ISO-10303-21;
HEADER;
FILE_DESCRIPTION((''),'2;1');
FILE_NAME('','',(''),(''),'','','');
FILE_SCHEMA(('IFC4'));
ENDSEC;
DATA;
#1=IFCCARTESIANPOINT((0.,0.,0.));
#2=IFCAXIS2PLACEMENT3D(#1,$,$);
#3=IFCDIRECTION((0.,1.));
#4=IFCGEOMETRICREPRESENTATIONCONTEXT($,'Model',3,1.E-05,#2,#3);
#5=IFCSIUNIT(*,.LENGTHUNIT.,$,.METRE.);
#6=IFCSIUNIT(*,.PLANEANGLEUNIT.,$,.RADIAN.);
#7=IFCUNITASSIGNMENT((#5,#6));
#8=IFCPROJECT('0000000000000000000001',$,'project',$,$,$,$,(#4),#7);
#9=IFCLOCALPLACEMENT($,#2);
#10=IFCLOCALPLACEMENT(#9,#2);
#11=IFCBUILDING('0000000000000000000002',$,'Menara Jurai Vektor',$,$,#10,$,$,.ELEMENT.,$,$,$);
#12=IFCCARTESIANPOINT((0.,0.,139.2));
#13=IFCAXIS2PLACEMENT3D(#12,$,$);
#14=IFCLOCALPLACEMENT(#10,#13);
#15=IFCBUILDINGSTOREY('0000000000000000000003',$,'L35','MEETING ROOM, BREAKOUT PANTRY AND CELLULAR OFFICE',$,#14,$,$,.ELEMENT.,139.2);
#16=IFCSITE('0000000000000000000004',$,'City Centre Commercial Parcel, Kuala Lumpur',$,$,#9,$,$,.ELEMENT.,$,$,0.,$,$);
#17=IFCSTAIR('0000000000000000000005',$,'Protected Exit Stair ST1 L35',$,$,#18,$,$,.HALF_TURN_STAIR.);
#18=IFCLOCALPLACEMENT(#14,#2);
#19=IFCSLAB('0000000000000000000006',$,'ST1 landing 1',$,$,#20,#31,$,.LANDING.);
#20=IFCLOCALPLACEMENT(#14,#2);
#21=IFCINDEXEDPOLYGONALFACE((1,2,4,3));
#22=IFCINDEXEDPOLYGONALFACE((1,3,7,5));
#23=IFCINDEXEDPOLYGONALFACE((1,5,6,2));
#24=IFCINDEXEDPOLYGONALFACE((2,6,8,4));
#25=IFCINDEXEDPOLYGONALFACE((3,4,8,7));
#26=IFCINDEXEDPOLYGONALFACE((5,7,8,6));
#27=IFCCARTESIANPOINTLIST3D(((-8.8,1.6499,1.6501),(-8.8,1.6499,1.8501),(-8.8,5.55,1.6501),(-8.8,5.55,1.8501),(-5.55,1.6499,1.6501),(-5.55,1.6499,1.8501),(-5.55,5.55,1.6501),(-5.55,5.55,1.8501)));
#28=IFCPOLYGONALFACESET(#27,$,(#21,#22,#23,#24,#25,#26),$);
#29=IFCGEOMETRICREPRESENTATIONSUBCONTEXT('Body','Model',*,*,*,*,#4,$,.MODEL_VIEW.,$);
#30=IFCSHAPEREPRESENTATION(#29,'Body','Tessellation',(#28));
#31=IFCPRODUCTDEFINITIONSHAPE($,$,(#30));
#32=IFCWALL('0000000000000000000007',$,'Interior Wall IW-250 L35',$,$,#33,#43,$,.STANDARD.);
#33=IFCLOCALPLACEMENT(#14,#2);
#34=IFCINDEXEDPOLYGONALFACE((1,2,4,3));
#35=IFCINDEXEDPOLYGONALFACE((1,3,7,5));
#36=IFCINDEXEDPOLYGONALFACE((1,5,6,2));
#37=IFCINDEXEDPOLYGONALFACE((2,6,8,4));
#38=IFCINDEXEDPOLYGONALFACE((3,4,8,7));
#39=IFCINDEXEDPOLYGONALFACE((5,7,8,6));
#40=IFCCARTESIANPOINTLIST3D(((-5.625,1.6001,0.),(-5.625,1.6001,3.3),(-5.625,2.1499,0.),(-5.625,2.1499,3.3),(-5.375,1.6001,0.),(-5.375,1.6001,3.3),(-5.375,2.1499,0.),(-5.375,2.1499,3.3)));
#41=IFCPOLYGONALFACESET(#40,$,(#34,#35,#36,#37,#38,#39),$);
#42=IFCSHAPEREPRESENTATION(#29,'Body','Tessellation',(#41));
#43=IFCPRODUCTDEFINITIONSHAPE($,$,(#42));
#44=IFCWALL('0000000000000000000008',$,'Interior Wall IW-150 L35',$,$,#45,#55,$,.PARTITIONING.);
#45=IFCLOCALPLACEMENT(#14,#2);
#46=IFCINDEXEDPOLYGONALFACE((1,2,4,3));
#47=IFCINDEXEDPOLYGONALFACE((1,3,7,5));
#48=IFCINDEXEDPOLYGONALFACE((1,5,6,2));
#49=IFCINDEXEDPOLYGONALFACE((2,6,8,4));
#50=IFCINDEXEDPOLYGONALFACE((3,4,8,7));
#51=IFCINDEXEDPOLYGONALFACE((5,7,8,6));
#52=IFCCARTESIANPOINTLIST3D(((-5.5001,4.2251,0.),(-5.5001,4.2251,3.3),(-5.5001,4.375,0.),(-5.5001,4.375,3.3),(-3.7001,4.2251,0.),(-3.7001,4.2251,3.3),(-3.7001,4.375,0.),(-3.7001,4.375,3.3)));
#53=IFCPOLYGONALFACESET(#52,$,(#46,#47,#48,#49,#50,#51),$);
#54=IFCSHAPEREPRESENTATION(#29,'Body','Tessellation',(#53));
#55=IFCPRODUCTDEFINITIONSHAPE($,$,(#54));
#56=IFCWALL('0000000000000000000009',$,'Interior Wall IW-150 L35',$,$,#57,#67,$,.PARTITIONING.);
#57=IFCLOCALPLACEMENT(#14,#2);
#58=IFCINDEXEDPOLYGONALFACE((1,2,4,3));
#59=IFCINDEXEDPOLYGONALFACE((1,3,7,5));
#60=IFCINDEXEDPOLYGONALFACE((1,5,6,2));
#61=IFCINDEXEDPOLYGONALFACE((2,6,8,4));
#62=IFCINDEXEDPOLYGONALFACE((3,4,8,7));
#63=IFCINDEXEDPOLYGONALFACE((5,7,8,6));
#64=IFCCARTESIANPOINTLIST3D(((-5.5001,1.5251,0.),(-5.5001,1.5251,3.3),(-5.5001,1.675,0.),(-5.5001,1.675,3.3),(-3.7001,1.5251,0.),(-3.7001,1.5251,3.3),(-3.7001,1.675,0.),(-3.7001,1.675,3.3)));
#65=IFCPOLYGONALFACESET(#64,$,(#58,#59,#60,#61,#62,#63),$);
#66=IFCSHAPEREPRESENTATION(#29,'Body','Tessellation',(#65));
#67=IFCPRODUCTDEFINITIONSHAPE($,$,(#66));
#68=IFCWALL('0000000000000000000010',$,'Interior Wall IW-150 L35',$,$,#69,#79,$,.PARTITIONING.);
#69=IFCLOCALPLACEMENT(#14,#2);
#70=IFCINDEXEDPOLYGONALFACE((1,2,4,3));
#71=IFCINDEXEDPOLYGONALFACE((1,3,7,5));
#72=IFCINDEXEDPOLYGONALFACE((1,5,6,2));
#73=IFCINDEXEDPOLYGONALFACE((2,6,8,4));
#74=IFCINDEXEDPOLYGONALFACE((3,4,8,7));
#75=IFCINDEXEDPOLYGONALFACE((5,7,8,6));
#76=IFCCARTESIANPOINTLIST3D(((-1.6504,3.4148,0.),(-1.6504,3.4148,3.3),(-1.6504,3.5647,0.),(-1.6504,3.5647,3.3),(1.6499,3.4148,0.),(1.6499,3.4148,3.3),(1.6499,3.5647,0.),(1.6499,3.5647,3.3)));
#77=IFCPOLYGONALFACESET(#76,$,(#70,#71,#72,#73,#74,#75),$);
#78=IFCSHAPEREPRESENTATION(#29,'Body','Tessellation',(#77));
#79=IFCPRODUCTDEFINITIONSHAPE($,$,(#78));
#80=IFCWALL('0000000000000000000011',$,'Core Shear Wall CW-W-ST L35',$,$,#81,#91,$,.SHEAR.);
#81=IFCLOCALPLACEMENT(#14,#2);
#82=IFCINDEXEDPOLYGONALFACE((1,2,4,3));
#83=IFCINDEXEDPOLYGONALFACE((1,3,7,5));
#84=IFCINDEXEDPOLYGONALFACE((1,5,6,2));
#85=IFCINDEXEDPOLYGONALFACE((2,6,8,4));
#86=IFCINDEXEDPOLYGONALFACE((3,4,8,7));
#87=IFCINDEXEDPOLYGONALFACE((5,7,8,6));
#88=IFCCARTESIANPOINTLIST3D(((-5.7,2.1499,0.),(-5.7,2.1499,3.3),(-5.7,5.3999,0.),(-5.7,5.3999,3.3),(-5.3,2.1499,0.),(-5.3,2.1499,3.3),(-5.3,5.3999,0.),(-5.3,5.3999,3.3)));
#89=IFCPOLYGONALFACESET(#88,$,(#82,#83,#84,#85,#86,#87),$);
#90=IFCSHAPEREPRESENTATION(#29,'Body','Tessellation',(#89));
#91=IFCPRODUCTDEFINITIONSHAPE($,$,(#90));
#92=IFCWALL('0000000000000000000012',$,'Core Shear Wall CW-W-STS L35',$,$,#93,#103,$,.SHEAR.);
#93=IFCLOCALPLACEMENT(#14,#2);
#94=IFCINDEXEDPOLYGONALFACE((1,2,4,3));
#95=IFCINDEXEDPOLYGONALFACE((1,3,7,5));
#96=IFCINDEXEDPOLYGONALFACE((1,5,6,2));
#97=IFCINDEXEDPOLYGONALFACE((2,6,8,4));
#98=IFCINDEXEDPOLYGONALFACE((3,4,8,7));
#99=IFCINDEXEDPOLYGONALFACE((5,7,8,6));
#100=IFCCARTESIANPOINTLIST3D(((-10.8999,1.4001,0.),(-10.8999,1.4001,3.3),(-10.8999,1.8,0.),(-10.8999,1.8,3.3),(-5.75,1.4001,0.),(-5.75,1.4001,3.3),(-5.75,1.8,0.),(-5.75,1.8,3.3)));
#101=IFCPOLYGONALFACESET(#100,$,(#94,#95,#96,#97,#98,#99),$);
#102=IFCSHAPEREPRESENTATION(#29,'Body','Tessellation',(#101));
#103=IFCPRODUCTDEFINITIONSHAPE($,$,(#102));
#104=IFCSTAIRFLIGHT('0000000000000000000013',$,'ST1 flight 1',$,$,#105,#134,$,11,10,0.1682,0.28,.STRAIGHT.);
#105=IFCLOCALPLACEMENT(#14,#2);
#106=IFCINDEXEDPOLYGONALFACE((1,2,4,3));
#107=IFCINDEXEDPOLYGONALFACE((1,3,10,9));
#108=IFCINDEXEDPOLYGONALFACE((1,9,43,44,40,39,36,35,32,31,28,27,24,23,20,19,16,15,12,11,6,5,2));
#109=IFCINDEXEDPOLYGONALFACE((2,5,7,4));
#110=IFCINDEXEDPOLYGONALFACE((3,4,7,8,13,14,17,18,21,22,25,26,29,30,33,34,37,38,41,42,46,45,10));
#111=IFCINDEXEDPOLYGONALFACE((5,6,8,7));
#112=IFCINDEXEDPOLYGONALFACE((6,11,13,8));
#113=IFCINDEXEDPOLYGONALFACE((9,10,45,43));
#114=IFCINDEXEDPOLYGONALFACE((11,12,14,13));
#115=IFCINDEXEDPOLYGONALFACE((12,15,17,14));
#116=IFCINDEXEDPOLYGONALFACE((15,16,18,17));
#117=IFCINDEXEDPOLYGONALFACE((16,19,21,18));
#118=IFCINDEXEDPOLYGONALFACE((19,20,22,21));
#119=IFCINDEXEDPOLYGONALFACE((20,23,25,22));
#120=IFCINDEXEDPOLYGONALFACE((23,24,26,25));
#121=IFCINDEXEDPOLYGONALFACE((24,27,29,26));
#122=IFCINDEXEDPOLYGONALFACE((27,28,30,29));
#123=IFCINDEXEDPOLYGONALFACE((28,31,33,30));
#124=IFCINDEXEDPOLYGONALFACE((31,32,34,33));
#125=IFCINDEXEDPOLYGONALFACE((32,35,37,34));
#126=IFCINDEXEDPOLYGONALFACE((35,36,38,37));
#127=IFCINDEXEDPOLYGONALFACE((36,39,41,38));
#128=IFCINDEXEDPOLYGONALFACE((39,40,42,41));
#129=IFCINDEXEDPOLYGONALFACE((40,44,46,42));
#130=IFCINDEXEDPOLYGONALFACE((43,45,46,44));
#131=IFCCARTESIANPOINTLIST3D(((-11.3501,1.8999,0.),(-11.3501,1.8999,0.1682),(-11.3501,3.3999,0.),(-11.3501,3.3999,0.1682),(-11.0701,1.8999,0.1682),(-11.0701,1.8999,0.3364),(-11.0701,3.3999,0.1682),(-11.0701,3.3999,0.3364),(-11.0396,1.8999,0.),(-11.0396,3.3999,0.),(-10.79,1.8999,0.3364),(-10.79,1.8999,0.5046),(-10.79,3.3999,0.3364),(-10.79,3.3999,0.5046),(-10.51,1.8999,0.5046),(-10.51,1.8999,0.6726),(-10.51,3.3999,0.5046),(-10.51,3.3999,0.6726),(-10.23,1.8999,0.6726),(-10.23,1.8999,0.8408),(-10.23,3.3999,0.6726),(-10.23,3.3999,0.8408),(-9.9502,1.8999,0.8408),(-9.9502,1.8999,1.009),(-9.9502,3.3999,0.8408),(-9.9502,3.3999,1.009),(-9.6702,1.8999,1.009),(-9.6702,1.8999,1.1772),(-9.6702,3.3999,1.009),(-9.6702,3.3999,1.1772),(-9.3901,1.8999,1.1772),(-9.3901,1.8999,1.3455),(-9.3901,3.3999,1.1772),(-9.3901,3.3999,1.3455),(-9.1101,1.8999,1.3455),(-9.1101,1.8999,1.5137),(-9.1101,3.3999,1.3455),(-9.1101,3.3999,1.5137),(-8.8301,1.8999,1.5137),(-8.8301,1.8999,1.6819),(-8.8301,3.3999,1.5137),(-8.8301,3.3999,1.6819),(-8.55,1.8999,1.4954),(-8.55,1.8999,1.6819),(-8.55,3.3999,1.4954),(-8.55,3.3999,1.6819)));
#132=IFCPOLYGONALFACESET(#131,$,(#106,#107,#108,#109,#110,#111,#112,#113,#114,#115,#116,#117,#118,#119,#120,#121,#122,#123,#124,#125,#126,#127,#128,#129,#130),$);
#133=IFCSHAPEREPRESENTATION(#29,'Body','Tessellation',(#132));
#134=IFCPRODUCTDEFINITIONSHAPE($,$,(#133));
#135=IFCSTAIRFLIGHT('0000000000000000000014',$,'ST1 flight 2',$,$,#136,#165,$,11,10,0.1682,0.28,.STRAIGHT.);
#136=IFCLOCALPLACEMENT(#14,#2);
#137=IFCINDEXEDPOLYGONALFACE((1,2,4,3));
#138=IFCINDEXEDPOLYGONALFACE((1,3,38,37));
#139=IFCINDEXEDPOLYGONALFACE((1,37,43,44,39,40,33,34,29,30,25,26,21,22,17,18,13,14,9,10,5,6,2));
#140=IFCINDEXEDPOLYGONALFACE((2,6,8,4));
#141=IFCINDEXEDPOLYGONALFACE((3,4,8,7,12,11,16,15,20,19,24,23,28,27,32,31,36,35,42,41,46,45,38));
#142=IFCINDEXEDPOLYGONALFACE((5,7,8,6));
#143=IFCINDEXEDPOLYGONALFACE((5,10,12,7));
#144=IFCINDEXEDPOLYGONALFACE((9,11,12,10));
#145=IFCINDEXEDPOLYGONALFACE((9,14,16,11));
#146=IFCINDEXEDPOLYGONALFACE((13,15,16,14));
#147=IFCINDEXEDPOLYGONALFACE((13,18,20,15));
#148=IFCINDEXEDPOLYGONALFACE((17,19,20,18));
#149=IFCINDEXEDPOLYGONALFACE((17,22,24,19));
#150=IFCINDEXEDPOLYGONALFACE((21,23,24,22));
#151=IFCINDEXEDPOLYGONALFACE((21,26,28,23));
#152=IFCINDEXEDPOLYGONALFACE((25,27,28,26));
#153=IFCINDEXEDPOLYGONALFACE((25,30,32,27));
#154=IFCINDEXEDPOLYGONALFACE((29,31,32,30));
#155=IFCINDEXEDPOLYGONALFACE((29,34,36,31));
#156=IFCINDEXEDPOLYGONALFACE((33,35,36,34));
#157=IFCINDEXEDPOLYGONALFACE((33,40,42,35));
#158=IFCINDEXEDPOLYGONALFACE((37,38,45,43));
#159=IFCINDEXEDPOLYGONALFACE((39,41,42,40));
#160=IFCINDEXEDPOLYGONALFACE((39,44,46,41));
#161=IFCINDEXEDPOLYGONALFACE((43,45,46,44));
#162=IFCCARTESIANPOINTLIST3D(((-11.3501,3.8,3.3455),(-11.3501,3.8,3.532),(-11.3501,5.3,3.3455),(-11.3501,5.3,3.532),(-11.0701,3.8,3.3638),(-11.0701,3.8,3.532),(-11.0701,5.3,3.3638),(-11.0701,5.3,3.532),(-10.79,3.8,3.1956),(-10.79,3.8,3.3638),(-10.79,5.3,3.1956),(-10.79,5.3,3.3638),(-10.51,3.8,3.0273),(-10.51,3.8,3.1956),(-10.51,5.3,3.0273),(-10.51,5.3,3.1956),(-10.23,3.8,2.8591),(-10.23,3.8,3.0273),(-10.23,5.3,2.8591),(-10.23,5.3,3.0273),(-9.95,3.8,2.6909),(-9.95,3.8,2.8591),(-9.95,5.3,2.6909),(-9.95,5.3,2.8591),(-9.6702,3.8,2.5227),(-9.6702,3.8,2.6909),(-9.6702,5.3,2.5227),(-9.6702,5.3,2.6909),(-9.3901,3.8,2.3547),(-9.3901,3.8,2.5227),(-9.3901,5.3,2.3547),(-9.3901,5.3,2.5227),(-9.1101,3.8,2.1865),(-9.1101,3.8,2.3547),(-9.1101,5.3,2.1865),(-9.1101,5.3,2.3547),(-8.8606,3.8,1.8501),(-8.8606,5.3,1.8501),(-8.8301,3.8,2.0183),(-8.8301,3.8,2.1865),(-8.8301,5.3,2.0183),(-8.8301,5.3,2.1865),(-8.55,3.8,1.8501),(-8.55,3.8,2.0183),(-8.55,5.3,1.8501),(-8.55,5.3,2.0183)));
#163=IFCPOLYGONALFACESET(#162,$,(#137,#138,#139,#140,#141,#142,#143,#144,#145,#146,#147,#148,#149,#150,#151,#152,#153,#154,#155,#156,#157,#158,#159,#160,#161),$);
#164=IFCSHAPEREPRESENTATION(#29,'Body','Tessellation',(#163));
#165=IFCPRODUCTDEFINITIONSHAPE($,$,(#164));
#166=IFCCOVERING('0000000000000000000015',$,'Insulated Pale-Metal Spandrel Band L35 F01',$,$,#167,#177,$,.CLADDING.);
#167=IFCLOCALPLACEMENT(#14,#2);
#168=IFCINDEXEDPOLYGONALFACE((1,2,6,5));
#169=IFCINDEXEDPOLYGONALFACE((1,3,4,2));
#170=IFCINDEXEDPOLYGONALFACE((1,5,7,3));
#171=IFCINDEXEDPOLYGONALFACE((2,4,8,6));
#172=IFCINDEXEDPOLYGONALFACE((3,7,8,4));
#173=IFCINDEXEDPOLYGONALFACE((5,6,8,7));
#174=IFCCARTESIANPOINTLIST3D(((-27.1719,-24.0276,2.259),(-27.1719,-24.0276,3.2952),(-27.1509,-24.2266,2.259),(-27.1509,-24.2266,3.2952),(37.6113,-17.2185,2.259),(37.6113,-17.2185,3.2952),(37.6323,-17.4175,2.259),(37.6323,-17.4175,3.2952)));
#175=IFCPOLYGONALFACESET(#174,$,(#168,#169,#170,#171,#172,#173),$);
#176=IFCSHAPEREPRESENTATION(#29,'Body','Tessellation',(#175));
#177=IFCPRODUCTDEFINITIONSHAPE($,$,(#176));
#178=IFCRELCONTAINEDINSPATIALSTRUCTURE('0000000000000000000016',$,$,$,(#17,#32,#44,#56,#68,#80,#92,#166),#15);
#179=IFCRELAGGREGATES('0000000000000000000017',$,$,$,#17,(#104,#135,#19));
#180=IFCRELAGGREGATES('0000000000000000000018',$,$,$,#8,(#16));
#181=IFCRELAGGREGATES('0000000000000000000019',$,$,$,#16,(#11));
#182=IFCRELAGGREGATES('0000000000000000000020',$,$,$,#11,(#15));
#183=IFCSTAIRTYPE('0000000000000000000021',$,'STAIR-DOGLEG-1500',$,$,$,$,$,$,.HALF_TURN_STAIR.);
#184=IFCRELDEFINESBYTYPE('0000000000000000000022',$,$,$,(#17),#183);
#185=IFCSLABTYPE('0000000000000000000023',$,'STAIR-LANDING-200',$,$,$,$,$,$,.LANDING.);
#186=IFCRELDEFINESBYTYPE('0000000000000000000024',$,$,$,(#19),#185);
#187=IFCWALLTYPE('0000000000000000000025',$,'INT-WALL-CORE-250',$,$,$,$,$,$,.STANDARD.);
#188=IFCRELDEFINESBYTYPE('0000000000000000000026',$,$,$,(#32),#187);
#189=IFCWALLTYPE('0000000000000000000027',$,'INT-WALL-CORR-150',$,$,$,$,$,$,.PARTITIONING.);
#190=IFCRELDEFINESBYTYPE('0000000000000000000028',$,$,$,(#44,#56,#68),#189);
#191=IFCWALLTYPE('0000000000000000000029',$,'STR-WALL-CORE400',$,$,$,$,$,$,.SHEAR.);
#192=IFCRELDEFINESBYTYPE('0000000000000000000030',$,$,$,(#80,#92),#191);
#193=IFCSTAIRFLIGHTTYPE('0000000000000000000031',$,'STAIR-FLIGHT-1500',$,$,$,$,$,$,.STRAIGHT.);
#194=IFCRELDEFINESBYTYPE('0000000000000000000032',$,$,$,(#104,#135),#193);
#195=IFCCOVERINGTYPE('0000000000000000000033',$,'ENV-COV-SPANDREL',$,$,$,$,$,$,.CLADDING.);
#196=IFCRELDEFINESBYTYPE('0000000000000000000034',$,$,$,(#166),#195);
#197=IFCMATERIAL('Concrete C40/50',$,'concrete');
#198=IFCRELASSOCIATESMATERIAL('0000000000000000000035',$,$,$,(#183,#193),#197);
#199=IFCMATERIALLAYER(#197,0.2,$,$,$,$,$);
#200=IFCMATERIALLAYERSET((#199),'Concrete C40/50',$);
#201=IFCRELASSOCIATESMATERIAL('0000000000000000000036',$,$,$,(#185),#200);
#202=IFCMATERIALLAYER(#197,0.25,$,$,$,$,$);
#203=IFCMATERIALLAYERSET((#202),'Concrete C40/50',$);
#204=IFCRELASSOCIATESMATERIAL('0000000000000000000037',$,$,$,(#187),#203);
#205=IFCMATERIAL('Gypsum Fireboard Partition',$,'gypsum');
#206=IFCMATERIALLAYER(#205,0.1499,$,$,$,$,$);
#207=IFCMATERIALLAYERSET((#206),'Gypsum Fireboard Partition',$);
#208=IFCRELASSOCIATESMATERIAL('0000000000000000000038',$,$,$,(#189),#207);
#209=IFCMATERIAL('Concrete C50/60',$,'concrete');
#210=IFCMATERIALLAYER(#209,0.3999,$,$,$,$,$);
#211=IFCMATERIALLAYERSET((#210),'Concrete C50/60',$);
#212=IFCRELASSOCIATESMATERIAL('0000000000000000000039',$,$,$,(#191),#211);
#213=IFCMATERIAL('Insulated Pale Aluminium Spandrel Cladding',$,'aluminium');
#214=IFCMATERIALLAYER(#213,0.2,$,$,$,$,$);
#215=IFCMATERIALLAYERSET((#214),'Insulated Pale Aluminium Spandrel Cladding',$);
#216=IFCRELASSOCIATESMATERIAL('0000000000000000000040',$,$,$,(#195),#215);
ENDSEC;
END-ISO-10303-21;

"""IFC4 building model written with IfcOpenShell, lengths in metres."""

from ifc_helpers import new_model, si_unit, direction, frame, frame_2d, origin, place, context, subcontext, project, spatial, polyline, rectangle, outline, extrude, material, layer, layer_set, type_object, element, aggregate, save


model = new_model("IFC4")

# Units and contexts
model_context = context("Model", 3, precision=1e-05, world=origin(), true_north=direction((0.0, 1.0)))
body_context = subcontext(model_context, "Body", "Model", "MODEL_VIEW")
ifc_project = project(units=[si_unit("LENGTHUNIT", "METRE"), si_unit("PLANEANGLEUNIT", "RADIAN")], contexts=[model_context])

# Site, building, storey
site_placement = place(None, origin())
site = spatial("IfcSite", under=ifc_project, at=site_placement, Name="City Centre Commercial Parcel, Kuala Lumpur", CompositionType="ELEMENT", RefElevation=0.0)
building_placement = place(site_placement, origin())
building = spatial("IfcBuilding", under=site, at=building_placement, Name="Menara Jurai Vektor", CompositionType="ELEMENT")
storey_placement = place(building_placement, frame((0.0, 0.0, 139.2)))
storey = spatial("IfcBuildingStorey", under=building, at=storey_placement, Name="L35", Description="MEETING ROOM, BREAKOUT PANTRY AND CELLULAR OFFICE", CompositionType="ELEMENT", Elevation=139.2)

# Shared definitions
ifc_material_1 = material(Name="Concrete C50/60", Category="concrete")

# Stair, slab
ifc_material_2 = material(Name="Concrete C40/50", Category="concrete")
stair_type = type_object("IfcStairType", Name="STAIR-DOGLEG-1500", PredefinedType="HALF_TURN_STAIR", material=ifc_material_2)
stair_placement = place(storey_placement, origin())
stair = element("IfcStair", 1, at=stair_placement, inside=storey, type_object=stair_type, Name="Protected Exit Stair ST1 L35", PredefinedType="HALF_TURN_STAIR")
ifc_layer_1 = layer(ifc_material_2, 0.2)
ifc_layer_set_1 = layer_set([ifc_layer_1], Name="Concrete C40/50")
slab_type = type_object("IfcSlabType", Name="STAIR-LANDING-200", PredefinedType="LANDING", material=ifc_layer_set_1)
slab_placement = place(storey_placement, frame((0.0, 0.0, 1.6501)))
slab = element("IfcSlab", 2, at=slab_placement, type_object=slab_type, Name="ST1 landing 1", PredefinedType="LANDING", context=body_context, shape_type="SweptSolid", body=[
    extrude(outline(polyline([(-8.8, 1.6499), (-5.55, 1.6499), (-5.55, 5.55), (-8.8, 5.55), (-8.8, 1.6499)])), origin(), (0.0, 0.0, 1.0), 0.2),
])

# Shared definitions
ifc_layer_2 = layer(ifc_material_2, 0.25)
ifc_layer_set_2 = layer_set([ifc_layer_2], Name="Concrete C40/50")
wall_type_1 = type_object("IfcWallType", Name="INT-WALL-CORE-250", PredefinedType="STANDARD", material=ifc_layer_set_2)

# Walls
wall_1_placement = place(storey_placement, frame((-5.5, 1.6001, 0.0), z_axis=(0.0, 0.0, 1.0), x_axis=(0.0, 1.0, 0.0)))
element("IfcWall", 3, at=wall_1_placement, inside=storey, type_object=wall_type_1, Name="Interior Wall IW-250 L35", PredefinedType="STANDARD", context=body_context, shape_type="SweptSolid", body=[
    extrude(rectangle(XDim=0.5498, YDim=0.25, at=frame_2d((0.2749, 0.0))), origin(), (0.0, 0.0, 1.0), 3.3),
])
ifc_material_3 = material(Name="Gypsum Fireboard Partition", Category="gypsum")
ifc_layer_3 = layer(ifc_material_3, 0.1499)
ifc_layer_set_3 = layer_set([ifc_layer_3], Name="Gypsum Fireboard Partition")
wall_type_2 = type_object("IfcWallType", Name="INT-WALL-CORR-150", PredefinedType="PARTITIONING", material=ifc_layer_set_3)
for number, where, z_axis, x_axis, name in (
    (4, (-5.5, 4.3, 0.0), (0.0, 0.0, 1.0), (1.0, 0.0, 0.0), "Interior Wall IW-150 L35"),
    (5, (-5.5, 1.6001, 0.0), (0.0, 0.0, 1.0), (1.0, 0.0, 0.0), "Interior Wall IW-150 L35"),
):
    element("IfcWall", number, at=place(storey_placement, frame(where, z_axis=z_axis, x_axis=x_axis)), inside=storey, type_object=wall_type_2, Name=name, PredefinedType="PARTITIONING", context=body_context, shape_type="SweptSolid", body=[
        extrude(rectangle(XDim=1.8, YDim=0.1499, at=frame_2d((0.8999, 0.0))), origin(), (0.0, 0.0, 1.0), 3.3),
    ])
wall_2_placement = place(storey_placement, frame((-1.6504, 3.4897, 0.0), z_axis=(0.0, 0.0, 1.0), x_axis=(1.0, 0.0, 0.0)))
element("IfcWall", 6, at=wall_2_placement, inside=storey, type_object=wall_type_2, Name="Interior Wall IW-150 L35", PredefinedType="PARTITIONING", context=body_context, shape_type="SweptSolid", body=[
    extrude(rectangle(XDim=3.3003, YDim=0.1499, at=frame_2d((1.6501, 0.0))), origin(), (0.0, 0.0, 1.0), 3.3),
])
ifc_layer_4 = layer(ifc_material_1, 0.3999)
ifc_layer_set_4 = layer_set([ifc_layer_4], Name="Concrete C50/60")
wall_type_3 = type_object("IfcWallType", Name="STR-WALL-CORE400", PredefinedType="SHEAR", material=ifc_layer_set_4)
wall_3_placement = place(storey_placement, frame((-5.5, 2.1499, 0.0), z_axis=(0.0, 0.0, 1.0), x_axis=(0.0, 1.0, 0.0)))
element("IfcWall", 7, at=wall_3_placement, inside=storey, type_object=wall_type_3, Name="Core Shear Wall CW-W-ST L35", PredefinedType="SHEAR", context=body_context, shape_type="SweptSolid", body=[
    extrude(rectangle(XDim=3.25, YDim=0.3999, at=frame_2d((1.625, 0.0))), origin(), (0.0, 0.0, 1.0), 3.3),
])
wall_4_placement = place(storey_placement, frame((-10.8999, 1.6001, 0.0), z_axis=(0.0, 0.0, 1.0), x_axis=(1.0, 0.0, 0.0)))
element("IfcWall", 8, at=wall_4_placement, inside=storey, type_object=wall_type_3, Name="Core Shear Wall CW-W-STS L35", PredefinedType="SHEAR", context=body_context, shape_type="SweptSolid", body=[
    extrude(rectangle(XDim=5.1499, YDim=0.3999, at=frame_2d((2.575, 0.0))), origin(), (0.0, 0.0, 1.0), 3.3),
])

# Stair flights
stair_flight_type = type_object("IfcStairFlightType", Name="STAIR-FLIGHT-1500", PredefinedType="STRAIGHT", material=ifc_material_2)
stair_flight_1_placement = place(storey_placement, frame((-11.3501, 2.6499, 0.0), z_axis=(0.0, 0.0, 1.0), x_axis=(1.0, 0.0, 0.0)))
stair_flight_1 = element("IfcStairFlight", 9, at=stair_flight_1_placement, type_object=stair_flight_type, Name="ST1 flight 1", NumberOfRisers=11, NumberOfTreads=10, PredefinedType="STRAIGHT", RiserHeight=0.1682, TreadLength=0.28, context=body_context, shape_type="SweptSolid", body=[
    extrude(outline(polyline([(0.0, 0.0), (0.0, 0.1682), (0.28, 0.1682), (0.28, 0.3364), (0.5601, 0.3364), (0.5601, 0.5046), (0.8401, 0.5046), (0.8401, 0.6726), (1.1201, 0.6726), (1.1201, 0.8408), (1.3999, 0.8408), (1.3999, 1.009), (1.6799, 1.009), (1.6799, 1.1772), (1.96, 1.1772), (1.96, 1.3455), (2.24, 1.3455), (2.24, 1.5137), (2.52, 1.5137), (2.52, 1.6819), (2.8, 1.6819), (2.8, 1.8501), (2.8, 1.4954), (0.3105, 0.0), (0.0, 0.0)])), frame((0.0, 0.75, 0.0), z_axis=(0.0, -1.0, 0.0), x_axis=(1.0, 0.0, 0.0)), (0.0, 0.0, 1.0), 1.5),
])
stair_flight_2_placement = place(storey_placement, frame((-8.55, 4.55, 1.8501), z_axis=(0.0, 0.0, 1.0), x_axis=(-1.0, 0.0, 0.0)))
stair_flight_2 = element("IfcStairFlight", 10, at=stair_flight_2_placement, type_object=stair_flight_type, Name="ST1 flight 2", NumberOfRisers=11, NumberOfTreads=10, PredefinedType="STRAIGHT", RiserHeight=0.1682, TreadLength=0.28, context=body_context, shape_type="SweptSolid", body=[
    extrude(outline(polyline([(0.0, 0.0), (0.0, 0.1682), (0.28, 0.1682), (0.28, 0.3364), (0.5601, 0.3364), (0.5601, 0.5046), (0.8401, 0.5046), (0.8401, 0.6726), (1.1201, 0.6726), (1.1201, 0.8408), (1.3999, 0.8408), (1.3999, 1.009), (1.6799, 1.009), (1.6799, 1.1772), (1.96, 1.1772), (1.96, 1.3455), (2.24, 1.3455), (2.24, 1.5137), (2.52, 1.5137), (2.52, 1.6819), (2.8, 1.6819), (2.8, 1.8501), (2.8, 1.4954), (0.3105, 0.0), (0.0, 0.0)])), frame((0.0, 0.75, 0.0), z_axis=(0.0, -1.0, 0.0), x_axis=(1.0, 0.0, 0.0)), (0.0, 0.0, 1.0), 1.5),
])
aggregate(stair, [stair_flight_1, stair_flight_2, slab])

# Covering
ifc_material_4 = material(Name="Insulated Pale Aluminium Spandrel Cladding", Category="aluminium")
ifc_layer_5 = layer(ifc_material_4, 0.2)
ifc_layer_set_5 = layer_set([ifc_layer_5], Name="Insulated Pale Aluminium Spandrel Cladding")
covering_type = type_object("IfcCoveringType", Name="ENV-COV-SPANDREL", PredefinedType="CLADDING", material=ifc_layer_set_5)
covering_1_placement = place(storey_placement, frame((0.0, 0.0, 2.259)))
element("IfcCovering", 11, at=covering_1_placement, inside=storey, type_object=covering_type, Name="Insulated Pale-Metal Spandrel Band L35 F01", PredefinedType="CLADDING", context=body_context, shape_type="SweptSolid", body=[
    extrude(outline(polyline([(-27.1719, -24.0276), (-27.1509, -24.2266), (37.6323, -17.4175), (37.6113, -17.2185), (-27.1719, -24.0276)])), origin(), (0.0, 0.0, 1.0), 1.0361),
])

save(model, "model.ifc")
